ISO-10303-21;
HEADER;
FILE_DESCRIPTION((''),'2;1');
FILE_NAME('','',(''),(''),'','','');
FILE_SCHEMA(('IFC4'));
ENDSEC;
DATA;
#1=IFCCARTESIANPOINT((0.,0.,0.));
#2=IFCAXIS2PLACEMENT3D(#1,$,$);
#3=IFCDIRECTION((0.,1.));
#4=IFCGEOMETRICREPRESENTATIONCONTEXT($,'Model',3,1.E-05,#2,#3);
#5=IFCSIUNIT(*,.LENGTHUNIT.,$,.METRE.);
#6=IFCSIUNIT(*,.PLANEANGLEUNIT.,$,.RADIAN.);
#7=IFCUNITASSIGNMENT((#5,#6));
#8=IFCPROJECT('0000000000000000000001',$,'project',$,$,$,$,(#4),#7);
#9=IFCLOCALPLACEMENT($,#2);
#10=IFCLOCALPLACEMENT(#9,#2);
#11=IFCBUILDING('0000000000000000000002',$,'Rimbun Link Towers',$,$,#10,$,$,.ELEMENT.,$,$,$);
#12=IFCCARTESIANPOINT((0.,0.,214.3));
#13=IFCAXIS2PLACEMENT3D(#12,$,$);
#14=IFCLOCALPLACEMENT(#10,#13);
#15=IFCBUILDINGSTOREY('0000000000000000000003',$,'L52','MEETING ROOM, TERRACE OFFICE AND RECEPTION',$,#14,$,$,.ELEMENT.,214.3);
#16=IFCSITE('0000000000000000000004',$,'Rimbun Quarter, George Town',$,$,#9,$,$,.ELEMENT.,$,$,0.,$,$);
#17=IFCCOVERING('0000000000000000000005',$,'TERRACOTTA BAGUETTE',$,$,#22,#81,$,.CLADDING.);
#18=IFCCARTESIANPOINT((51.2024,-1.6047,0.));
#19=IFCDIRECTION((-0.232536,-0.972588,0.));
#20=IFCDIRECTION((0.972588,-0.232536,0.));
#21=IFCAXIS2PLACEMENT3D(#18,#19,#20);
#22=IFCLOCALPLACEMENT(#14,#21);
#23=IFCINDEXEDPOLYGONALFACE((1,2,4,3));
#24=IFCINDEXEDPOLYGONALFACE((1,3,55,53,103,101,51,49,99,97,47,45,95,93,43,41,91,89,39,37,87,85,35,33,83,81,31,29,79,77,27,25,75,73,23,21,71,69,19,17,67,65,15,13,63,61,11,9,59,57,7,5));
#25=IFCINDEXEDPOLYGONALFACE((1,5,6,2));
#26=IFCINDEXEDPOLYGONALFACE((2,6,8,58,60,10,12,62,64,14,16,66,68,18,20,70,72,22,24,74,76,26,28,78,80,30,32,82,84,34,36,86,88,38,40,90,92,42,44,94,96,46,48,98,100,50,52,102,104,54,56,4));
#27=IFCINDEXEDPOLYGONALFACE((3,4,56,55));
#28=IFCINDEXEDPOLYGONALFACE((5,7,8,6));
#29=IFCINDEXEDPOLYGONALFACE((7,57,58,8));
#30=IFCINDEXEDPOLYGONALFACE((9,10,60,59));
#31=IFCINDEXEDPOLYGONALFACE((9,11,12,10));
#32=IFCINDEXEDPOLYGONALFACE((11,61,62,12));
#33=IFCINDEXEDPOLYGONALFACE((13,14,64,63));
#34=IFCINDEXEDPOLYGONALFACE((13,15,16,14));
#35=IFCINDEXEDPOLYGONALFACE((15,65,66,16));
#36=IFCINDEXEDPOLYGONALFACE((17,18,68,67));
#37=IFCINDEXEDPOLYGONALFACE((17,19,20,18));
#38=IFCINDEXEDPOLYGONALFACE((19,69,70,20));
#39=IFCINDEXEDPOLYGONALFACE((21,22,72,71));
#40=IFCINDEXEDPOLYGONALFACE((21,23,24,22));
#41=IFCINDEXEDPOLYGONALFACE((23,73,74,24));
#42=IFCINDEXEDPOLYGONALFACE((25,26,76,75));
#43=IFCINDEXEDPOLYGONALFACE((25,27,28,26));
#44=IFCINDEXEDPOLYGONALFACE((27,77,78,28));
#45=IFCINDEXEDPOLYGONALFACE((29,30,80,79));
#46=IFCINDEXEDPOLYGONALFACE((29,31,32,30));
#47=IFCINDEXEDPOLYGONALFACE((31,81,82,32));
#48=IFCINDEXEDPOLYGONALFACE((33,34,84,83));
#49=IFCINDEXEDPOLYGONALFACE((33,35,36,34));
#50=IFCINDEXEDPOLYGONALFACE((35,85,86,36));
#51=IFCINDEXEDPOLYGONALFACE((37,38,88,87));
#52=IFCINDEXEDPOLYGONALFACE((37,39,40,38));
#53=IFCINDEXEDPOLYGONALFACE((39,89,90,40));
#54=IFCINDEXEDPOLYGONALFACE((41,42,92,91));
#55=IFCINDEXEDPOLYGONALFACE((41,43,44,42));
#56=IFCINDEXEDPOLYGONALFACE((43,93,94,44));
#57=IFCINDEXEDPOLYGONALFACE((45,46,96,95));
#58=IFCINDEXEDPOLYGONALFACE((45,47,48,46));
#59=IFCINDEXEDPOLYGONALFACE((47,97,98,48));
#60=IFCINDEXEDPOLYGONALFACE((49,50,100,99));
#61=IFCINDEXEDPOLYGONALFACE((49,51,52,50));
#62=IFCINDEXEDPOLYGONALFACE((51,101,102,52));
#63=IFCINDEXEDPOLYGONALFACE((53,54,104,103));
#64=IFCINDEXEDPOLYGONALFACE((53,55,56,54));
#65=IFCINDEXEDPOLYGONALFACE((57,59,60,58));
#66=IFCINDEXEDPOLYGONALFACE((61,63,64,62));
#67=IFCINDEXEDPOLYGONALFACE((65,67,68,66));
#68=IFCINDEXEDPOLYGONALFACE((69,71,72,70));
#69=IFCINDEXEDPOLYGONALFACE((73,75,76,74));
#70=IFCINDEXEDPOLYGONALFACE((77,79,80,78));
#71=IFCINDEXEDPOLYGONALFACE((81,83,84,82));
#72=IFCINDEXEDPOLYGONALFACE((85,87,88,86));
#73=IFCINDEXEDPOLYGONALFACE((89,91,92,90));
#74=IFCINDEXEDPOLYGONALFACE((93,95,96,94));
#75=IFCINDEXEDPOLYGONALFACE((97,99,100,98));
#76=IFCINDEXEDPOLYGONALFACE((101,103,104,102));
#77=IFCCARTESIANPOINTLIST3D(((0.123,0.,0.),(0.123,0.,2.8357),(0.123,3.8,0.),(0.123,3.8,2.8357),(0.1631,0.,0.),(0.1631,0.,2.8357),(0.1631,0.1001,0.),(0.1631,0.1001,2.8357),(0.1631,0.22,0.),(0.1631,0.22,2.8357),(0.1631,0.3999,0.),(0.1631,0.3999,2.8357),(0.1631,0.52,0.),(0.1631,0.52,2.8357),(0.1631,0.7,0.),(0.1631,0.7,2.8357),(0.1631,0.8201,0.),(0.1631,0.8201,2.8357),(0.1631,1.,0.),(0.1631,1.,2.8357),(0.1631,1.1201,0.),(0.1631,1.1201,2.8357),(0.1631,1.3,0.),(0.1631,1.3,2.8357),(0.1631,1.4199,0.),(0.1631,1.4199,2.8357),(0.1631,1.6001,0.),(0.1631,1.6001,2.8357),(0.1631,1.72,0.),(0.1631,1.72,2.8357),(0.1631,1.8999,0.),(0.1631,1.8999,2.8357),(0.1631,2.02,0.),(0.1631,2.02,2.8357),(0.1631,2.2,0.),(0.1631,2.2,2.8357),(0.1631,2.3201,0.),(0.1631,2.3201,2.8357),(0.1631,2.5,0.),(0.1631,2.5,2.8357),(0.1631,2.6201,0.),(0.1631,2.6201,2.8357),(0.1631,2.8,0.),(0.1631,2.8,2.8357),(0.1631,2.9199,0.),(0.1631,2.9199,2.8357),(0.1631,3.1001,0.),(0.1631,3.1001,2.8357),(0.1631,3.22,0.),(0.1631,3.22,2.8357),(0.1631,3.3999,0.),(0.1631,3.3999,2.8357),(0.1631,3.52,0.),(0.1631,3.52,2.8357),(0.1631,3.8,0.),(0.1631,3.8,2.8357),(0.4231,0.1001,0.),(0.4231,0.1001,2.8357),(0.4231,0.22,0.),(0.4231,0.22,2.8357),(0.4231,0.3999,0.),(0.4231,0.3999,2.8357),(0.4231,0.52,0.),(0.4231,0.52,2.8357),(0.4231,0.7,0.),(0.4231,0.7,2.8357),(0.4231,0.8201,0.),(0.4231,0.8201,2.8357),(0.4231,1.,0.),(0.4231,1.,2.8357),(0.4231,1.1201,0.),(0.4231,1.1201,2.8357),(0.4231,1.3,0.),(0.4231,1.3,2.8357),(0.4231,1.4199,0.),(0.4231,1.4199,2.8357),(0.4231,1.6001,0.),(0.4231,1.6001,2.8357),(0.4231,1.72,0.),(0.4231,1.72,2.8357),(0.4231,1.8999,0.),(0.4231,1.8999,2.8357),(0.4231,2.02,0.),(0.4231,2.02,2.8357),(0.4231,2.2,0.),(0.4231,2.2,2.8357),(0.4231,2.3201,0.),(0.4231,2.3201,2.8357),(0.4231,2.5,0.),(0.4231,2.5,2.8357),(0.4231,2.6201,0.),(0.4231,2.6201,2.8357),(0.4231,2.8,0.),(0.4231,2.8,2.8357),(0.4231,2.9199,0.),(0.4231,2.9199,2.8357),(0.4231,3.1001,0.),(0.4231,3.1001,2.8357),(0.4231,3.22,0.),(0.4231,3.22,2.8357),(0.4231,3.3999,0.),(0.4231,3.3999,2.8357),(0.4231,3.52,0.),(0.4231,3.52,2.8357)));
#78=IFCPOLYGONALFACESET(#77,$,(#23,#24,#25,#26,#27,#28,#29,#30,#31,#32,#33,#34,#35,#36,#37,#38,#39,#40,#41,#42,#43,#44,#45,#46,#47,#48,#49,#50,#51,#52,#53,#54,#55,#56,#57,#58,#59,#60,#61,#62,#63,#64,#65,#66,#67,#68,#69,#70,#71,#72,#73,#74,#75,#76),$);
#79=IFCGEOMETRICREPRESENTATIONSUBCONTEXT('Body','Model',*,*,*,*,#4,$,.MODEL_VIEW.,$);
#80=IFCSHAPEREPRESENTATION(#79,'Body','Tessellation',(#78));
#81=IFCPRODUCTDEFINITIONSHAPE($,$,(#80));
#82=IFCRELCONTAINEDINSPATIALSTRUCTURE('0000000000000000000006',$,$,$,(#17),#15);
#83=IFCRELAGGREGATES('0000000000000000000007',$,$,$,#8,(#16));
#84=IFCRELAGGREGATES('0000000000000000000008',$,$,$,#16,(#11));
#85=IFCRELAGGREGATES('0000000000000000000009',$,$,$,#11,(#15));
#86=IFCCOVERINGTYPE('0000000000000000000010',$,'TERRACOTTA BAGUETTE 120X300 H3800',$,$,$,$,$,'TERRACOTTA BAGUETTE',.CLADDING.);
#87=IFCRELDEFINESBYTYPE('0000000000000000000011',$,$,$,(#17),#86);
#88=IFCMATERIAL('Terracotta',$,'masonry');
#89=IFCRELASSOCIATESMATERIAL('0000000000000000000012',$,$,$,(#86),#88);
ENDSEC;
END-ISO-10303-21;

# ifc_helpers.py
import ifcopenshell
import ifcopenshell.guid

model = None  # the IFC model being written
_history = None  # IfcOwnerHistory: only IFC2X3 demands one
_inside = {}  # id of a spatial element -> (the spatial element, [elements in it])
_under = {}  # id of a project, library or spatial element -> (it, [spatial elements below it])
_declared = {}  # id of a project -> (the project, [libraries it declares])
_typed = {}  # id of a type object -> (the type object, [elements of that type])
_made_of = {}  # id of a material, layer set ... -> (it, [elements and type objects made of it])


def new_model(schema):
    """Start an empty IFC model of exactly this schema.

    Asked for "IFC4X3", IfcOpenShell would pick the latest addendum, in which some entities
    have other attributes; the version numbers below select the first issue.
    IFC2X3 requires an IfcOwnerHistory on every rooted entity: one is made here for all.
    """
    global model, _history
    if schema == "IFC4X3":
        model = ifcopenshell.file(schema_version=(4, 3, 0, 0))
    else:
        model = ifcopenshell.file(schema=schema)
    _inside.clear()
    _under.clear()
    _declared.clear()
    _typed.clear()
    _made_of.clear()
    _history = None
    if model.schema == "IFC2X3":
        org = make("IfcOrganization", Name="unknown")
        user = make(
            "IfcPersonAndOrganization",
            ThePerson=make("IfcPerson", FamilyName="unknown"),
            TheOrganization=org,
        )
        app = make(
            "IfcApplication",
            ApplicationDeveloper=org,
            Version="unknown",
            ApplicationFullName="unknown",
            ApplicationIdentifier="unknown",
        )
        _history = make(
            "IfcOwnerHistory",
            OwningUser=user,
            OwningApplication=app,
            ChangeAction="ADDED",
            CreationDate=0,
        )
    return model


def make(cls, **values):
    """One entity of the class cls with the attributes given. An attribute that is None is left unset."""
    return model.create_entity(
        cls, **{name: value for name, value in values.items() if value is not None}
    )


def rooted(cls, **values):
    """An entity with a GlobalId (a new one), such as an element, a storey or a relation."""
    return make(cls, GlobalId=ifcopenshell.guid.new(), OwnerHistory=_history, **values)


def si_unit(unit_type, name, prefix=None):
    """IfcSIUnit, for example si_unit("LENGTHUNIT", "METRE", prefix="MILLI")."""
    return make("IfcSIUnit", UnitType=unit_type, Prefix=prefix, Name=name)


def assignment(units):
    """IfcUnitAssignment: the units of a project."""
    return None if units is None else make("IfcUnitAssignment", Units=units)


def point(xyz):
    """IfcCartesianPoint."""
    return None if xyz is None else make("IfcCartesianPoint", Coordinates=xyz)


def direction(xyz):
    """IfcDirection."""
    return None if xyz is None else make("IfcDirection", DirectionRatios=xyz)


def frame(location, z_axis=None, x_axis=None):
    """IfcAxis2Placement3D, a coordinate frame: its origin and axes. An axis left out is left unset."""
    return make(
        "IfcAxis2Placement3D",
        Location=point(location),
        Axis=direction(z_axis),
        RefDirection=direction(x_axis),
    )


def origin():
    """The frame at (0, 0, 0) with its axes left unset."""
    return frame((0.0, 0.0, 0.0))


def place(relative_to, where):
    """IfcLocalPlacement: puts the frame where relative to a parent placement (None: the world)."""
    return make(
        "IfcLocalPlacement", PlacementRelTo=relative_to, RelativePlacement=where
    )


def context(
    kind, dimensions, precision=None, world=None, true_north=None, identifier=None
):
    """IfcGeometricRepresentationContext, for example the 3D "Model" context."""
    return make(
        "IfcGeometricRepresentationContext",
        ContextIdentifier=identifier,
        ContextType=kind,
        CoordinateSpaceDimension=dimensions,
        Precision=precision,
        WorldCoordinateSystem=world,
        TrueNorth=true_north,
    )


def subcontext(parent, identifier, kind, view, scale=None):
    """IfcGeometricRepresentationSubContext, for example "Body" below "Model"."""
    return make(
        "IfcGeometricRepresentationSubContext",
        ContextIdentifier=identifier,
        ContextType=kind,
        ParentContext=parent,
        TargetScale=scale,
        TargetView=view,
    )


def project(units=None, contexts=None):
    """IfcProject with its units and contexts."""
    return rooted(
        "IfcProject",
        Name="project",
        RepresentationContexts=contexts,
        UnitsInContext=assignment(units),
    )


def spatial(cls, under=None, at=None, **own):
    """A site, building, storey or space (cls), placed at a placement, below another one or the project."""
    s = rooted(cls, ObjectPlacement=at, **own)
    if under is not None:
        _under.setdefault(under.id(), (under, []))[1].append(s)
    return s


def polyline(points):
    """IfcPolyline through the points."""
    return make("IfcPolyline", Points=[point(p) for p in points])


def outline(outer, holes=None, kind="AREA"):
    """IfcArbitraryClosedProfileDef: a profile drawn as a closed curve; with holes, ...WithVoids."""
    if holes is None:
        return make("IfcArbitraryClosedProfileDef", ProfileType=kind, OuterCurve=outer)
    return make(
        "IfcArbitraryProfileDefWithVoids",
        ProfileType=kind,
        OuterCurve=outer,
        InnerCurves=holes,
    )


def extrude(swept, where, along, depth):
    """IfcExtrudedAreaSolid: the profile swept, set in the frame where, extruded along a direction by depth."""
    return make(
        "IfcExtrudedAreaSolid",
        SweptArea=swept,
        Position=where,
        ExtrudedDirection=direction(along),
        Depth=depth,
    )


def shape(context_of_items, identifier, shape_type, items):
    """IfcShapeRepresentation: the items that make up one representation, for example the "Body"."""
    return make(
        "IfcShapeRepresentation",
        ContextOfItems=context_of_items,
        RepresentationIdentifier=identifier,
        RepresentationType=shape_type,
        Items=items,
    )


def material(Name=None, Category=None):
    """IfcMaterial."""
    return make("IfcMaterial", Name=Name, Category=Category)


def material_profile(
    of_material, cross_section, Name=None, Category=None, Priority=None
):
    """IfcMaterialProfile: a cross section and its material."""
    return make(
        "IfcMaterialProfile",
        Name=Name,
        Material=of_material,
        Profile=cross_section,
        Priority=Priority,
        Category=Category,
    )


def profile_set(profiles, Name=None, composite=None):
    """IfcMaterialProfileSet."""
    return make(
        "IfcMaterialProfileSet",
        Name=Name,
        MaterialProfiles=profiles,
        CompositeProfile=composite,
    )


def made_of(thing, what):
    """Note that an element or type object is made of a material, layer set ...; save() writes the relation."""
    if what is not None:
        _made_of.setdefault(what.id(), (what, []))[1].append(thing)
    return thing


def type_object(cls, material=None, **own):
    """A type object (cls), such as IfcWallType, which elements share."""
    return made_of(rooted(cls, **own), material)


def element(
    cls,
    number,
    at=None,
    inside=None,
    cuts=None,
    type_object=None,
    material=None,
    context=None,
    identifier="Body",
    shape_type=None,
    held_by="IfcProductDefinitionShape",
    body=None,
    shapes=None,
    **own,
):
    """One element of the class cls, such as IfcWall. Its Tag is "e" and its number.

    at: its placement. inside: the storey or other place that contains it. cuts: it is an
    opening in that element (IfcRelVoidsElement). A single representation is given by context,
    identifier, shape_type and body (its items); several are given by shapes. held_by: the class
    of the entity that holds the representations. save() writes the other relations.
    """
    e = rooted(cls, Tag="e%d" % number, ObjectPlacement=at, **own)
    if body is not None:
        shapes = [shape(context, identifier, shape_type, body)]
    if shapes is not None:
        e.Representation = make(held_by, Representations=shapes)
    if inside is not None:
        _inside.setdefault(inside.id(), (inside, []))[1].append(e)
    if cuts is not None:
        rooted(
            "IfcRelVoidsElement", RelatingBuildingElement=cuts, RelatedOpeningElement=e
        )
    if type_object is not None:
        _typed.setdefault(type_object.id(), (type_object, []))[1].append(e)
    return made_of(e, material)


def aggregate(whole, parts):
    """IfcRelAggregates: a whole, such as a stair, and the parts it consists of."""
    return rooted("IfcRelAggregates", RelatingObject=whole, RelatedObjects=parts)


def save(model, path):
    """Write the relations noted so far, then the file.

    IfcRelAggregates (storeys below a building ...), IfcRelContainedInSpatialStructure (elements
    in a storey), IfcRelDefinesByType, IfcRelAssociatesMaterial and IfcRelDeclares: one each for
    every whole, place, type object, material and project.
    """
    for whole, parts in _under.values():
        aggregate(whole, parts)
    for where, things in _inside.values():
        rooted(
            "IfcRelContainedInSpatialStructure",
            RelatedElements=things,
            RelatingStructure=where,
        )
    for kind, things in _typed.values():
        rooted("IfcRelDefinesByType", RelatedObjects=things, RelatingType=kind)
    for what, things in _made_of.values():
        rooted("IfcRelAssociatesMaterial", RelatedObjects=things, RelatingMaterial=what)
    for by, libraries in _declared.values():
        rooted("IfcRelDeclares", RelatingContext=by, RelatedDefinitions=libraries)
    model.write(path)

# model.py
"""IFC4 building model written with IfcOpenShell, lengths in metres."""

from ifc_helpers import new_model, si_unit, direction, frame, origin, place, context, subcontext, project, spatial, polyline, outline, extrude, material, material_profile, profile_set, type_object, element, save


model = new_model("IFC4")

# Units and contexts
model_context = context("Model", 3, precision=1e-05, world=origin(), true_north=direction((0.0, 1.0)))
body_context = subcontext(model_context, "Body", "Model", "MODEL_VIEW")
ifc_project = project(units=[si_unit("LENGTHUNIT", "METRE"), si_unit("PLANEANGLEUNIT", "RADIAN")], contexts=[model_context])

# Site, building, storey
site_placement = place(None, origin())
site = spatial("IfcSite", under=ifc_project, at=site_placement, Name="Rimbun Quarter, George Town", CompositionType="ELEMENT", RefElevation=0.0)
building_placement = place(site_placement, origin())
building = spatial("IfcBuilding", under=site, at=building_placement, Name="Rimbun Link Towers", CompositionType="ELEMENT")
storey_placement = place(building_placement, frame((0.0, 0.0, 214.3)))
storey = spatial("IfcBuildingStorey", under=building, at=storey_placement, Name="L52", Description="MEETING ROOM, TERRACE OFFICE AND RECEPTION", CompositionType="ELEMENT", Elevation=214.3)

# Covering
ifc_material_1 = material(Name="Terracotta", Category="masonry")
ifc_material_profile_1 = material_profile(ifc_material_1, outline(polyline([(0.123, 0.0), (0.1631, 0.0), (0.1631, 0.1001), (0.4231, 0.1001), (0.4231, 0.22), (0.1631, 0.22), (0.1631, 0.3999), (0.4231, 0.3999), (0.4231, 0.52), (0.1631, 0.52), (0.1631, 0.7), (0.4231, 0.7), (0.4231, 0.8201), (0.1631, 0.8201), (0.1631, 1.0), (0.4231, 1.0), (0.4231, 1.1201), (0.1631, 1.1201), (0.1631, 1.3), (0.4231, 1.3), (0.4231, 1.4199), (0.1631, 1.4199), (0.1631, 1.6001), (0.4231, 1.6001), (0.4231, 1.72), (0.1631, 1.72), (0.1631, 1.8999), (0.4231, 1.8999), (0.4231, 2.02), (0.1631, 2.02), (0.1631, 2.2), (0.4231, 2.2), (0.4231, 2.3201), (0.1631, 2.3201), (0.1631, 2.5), (0.4231, 2.5), (0.4231, 2.6201), (0.1631, 2.6201), (0.1631, 2.8), (0.4231, 2.8), (0.4231, 2.9199), (0.1631, 2.9199), (0.1631, 3.1001), (0.4231, 3.1001), (0.4231, 3.22), (0.1631, 3.22), (0.1631, 3.3999), (0.4231, 3.3999), (0.4231, 3.52), (0.1631, 3.52), (0.1631, 3.8), (0.123, 3.8), (0.123, 0.0)])), Name="BAGUETTE 120X300")
ifc_profile_set_1 = profile_set([ifc_material_profile_1], Name="Terracotta")
covering_type = type_object("IfcCoveringType", Name="TERRACOTTA BAGUETTE 120X300 H3800", ElementType="TERRACOTTA BAGUETTE", PredefinedType="CLADDING", material=ifc_profile_set_1)
covering_1_placement = place(storey_placement, frame((51.2024, -1.6047, 0.0), z_axis=(-0.232536, -0.972588, 0.0), x_axis=(0.972588, -0.232536, 0.0)))
element("IfcCovering", 1, at=covering_1_placement, inside=storey, type_object=covering_type, Name="TERRACOTTA BAGUETTE", PredefinedType="CLADDING", context=body_context, shape_type="SweptSolid", body=[
    extrude(outline(polyline([(0.123, 0.0), (0.1631, 0.0), (0.1631, 0.1001), (0.4231, 0.1001), (0.4231, 0.22), (0.1631, 0.22), (0.1631, 0.3999), (0.4231, 0.3999), (0.4231, 0.52), (0.1631, 0.52), (0.1631, 0.7), (0.4231, 0.7), (0.4231, 0.8201), (0.1631, 0.8201), (0.1631, 1.0), (0.4231, 1.0), (0.4231, 1.1201), (0.1631, 1.1201), (0.1631, 1.3), (0.4231, 1.3), (0.4231, 1.4199), (0.1631, 1.4199), (0.1631, 1.6001), (0.4231, 1.6001), (0.4231, 1.72), (0.1631, 1.72), (0.1631, 1.8999), (0.4231, 1.8999), (0.4231, 2.02), (0.1631, 2.02), (0.1631, 2.2), (0.4231, 2.2), (0.4231, 2.3201), (0.1631, 2.3201), (0.1631, 2.5), (0.4231, 2.5), (0.4231, 2.6201), (0.1631, 2.6201), (0.1631, 2.8), (0.4231, 2.8), (0.4231, 2.9199), (0.1631, 2.9199), (0.1631, 3.1001), (0.4231, 3.1001), (0.4231, 3.22), (0.1631, 3.22), (0.1631, 3.3999), (0.4231, 3.3999), (0.4231, 3.52), (0.1631, 3.52), (0.1631, 3.8), (0.123, 3.8), (0.123, 0.0)])), origin(), (0.0, 0.0, 1.0), 2.8357),
])

save(model, "model.ifc")
